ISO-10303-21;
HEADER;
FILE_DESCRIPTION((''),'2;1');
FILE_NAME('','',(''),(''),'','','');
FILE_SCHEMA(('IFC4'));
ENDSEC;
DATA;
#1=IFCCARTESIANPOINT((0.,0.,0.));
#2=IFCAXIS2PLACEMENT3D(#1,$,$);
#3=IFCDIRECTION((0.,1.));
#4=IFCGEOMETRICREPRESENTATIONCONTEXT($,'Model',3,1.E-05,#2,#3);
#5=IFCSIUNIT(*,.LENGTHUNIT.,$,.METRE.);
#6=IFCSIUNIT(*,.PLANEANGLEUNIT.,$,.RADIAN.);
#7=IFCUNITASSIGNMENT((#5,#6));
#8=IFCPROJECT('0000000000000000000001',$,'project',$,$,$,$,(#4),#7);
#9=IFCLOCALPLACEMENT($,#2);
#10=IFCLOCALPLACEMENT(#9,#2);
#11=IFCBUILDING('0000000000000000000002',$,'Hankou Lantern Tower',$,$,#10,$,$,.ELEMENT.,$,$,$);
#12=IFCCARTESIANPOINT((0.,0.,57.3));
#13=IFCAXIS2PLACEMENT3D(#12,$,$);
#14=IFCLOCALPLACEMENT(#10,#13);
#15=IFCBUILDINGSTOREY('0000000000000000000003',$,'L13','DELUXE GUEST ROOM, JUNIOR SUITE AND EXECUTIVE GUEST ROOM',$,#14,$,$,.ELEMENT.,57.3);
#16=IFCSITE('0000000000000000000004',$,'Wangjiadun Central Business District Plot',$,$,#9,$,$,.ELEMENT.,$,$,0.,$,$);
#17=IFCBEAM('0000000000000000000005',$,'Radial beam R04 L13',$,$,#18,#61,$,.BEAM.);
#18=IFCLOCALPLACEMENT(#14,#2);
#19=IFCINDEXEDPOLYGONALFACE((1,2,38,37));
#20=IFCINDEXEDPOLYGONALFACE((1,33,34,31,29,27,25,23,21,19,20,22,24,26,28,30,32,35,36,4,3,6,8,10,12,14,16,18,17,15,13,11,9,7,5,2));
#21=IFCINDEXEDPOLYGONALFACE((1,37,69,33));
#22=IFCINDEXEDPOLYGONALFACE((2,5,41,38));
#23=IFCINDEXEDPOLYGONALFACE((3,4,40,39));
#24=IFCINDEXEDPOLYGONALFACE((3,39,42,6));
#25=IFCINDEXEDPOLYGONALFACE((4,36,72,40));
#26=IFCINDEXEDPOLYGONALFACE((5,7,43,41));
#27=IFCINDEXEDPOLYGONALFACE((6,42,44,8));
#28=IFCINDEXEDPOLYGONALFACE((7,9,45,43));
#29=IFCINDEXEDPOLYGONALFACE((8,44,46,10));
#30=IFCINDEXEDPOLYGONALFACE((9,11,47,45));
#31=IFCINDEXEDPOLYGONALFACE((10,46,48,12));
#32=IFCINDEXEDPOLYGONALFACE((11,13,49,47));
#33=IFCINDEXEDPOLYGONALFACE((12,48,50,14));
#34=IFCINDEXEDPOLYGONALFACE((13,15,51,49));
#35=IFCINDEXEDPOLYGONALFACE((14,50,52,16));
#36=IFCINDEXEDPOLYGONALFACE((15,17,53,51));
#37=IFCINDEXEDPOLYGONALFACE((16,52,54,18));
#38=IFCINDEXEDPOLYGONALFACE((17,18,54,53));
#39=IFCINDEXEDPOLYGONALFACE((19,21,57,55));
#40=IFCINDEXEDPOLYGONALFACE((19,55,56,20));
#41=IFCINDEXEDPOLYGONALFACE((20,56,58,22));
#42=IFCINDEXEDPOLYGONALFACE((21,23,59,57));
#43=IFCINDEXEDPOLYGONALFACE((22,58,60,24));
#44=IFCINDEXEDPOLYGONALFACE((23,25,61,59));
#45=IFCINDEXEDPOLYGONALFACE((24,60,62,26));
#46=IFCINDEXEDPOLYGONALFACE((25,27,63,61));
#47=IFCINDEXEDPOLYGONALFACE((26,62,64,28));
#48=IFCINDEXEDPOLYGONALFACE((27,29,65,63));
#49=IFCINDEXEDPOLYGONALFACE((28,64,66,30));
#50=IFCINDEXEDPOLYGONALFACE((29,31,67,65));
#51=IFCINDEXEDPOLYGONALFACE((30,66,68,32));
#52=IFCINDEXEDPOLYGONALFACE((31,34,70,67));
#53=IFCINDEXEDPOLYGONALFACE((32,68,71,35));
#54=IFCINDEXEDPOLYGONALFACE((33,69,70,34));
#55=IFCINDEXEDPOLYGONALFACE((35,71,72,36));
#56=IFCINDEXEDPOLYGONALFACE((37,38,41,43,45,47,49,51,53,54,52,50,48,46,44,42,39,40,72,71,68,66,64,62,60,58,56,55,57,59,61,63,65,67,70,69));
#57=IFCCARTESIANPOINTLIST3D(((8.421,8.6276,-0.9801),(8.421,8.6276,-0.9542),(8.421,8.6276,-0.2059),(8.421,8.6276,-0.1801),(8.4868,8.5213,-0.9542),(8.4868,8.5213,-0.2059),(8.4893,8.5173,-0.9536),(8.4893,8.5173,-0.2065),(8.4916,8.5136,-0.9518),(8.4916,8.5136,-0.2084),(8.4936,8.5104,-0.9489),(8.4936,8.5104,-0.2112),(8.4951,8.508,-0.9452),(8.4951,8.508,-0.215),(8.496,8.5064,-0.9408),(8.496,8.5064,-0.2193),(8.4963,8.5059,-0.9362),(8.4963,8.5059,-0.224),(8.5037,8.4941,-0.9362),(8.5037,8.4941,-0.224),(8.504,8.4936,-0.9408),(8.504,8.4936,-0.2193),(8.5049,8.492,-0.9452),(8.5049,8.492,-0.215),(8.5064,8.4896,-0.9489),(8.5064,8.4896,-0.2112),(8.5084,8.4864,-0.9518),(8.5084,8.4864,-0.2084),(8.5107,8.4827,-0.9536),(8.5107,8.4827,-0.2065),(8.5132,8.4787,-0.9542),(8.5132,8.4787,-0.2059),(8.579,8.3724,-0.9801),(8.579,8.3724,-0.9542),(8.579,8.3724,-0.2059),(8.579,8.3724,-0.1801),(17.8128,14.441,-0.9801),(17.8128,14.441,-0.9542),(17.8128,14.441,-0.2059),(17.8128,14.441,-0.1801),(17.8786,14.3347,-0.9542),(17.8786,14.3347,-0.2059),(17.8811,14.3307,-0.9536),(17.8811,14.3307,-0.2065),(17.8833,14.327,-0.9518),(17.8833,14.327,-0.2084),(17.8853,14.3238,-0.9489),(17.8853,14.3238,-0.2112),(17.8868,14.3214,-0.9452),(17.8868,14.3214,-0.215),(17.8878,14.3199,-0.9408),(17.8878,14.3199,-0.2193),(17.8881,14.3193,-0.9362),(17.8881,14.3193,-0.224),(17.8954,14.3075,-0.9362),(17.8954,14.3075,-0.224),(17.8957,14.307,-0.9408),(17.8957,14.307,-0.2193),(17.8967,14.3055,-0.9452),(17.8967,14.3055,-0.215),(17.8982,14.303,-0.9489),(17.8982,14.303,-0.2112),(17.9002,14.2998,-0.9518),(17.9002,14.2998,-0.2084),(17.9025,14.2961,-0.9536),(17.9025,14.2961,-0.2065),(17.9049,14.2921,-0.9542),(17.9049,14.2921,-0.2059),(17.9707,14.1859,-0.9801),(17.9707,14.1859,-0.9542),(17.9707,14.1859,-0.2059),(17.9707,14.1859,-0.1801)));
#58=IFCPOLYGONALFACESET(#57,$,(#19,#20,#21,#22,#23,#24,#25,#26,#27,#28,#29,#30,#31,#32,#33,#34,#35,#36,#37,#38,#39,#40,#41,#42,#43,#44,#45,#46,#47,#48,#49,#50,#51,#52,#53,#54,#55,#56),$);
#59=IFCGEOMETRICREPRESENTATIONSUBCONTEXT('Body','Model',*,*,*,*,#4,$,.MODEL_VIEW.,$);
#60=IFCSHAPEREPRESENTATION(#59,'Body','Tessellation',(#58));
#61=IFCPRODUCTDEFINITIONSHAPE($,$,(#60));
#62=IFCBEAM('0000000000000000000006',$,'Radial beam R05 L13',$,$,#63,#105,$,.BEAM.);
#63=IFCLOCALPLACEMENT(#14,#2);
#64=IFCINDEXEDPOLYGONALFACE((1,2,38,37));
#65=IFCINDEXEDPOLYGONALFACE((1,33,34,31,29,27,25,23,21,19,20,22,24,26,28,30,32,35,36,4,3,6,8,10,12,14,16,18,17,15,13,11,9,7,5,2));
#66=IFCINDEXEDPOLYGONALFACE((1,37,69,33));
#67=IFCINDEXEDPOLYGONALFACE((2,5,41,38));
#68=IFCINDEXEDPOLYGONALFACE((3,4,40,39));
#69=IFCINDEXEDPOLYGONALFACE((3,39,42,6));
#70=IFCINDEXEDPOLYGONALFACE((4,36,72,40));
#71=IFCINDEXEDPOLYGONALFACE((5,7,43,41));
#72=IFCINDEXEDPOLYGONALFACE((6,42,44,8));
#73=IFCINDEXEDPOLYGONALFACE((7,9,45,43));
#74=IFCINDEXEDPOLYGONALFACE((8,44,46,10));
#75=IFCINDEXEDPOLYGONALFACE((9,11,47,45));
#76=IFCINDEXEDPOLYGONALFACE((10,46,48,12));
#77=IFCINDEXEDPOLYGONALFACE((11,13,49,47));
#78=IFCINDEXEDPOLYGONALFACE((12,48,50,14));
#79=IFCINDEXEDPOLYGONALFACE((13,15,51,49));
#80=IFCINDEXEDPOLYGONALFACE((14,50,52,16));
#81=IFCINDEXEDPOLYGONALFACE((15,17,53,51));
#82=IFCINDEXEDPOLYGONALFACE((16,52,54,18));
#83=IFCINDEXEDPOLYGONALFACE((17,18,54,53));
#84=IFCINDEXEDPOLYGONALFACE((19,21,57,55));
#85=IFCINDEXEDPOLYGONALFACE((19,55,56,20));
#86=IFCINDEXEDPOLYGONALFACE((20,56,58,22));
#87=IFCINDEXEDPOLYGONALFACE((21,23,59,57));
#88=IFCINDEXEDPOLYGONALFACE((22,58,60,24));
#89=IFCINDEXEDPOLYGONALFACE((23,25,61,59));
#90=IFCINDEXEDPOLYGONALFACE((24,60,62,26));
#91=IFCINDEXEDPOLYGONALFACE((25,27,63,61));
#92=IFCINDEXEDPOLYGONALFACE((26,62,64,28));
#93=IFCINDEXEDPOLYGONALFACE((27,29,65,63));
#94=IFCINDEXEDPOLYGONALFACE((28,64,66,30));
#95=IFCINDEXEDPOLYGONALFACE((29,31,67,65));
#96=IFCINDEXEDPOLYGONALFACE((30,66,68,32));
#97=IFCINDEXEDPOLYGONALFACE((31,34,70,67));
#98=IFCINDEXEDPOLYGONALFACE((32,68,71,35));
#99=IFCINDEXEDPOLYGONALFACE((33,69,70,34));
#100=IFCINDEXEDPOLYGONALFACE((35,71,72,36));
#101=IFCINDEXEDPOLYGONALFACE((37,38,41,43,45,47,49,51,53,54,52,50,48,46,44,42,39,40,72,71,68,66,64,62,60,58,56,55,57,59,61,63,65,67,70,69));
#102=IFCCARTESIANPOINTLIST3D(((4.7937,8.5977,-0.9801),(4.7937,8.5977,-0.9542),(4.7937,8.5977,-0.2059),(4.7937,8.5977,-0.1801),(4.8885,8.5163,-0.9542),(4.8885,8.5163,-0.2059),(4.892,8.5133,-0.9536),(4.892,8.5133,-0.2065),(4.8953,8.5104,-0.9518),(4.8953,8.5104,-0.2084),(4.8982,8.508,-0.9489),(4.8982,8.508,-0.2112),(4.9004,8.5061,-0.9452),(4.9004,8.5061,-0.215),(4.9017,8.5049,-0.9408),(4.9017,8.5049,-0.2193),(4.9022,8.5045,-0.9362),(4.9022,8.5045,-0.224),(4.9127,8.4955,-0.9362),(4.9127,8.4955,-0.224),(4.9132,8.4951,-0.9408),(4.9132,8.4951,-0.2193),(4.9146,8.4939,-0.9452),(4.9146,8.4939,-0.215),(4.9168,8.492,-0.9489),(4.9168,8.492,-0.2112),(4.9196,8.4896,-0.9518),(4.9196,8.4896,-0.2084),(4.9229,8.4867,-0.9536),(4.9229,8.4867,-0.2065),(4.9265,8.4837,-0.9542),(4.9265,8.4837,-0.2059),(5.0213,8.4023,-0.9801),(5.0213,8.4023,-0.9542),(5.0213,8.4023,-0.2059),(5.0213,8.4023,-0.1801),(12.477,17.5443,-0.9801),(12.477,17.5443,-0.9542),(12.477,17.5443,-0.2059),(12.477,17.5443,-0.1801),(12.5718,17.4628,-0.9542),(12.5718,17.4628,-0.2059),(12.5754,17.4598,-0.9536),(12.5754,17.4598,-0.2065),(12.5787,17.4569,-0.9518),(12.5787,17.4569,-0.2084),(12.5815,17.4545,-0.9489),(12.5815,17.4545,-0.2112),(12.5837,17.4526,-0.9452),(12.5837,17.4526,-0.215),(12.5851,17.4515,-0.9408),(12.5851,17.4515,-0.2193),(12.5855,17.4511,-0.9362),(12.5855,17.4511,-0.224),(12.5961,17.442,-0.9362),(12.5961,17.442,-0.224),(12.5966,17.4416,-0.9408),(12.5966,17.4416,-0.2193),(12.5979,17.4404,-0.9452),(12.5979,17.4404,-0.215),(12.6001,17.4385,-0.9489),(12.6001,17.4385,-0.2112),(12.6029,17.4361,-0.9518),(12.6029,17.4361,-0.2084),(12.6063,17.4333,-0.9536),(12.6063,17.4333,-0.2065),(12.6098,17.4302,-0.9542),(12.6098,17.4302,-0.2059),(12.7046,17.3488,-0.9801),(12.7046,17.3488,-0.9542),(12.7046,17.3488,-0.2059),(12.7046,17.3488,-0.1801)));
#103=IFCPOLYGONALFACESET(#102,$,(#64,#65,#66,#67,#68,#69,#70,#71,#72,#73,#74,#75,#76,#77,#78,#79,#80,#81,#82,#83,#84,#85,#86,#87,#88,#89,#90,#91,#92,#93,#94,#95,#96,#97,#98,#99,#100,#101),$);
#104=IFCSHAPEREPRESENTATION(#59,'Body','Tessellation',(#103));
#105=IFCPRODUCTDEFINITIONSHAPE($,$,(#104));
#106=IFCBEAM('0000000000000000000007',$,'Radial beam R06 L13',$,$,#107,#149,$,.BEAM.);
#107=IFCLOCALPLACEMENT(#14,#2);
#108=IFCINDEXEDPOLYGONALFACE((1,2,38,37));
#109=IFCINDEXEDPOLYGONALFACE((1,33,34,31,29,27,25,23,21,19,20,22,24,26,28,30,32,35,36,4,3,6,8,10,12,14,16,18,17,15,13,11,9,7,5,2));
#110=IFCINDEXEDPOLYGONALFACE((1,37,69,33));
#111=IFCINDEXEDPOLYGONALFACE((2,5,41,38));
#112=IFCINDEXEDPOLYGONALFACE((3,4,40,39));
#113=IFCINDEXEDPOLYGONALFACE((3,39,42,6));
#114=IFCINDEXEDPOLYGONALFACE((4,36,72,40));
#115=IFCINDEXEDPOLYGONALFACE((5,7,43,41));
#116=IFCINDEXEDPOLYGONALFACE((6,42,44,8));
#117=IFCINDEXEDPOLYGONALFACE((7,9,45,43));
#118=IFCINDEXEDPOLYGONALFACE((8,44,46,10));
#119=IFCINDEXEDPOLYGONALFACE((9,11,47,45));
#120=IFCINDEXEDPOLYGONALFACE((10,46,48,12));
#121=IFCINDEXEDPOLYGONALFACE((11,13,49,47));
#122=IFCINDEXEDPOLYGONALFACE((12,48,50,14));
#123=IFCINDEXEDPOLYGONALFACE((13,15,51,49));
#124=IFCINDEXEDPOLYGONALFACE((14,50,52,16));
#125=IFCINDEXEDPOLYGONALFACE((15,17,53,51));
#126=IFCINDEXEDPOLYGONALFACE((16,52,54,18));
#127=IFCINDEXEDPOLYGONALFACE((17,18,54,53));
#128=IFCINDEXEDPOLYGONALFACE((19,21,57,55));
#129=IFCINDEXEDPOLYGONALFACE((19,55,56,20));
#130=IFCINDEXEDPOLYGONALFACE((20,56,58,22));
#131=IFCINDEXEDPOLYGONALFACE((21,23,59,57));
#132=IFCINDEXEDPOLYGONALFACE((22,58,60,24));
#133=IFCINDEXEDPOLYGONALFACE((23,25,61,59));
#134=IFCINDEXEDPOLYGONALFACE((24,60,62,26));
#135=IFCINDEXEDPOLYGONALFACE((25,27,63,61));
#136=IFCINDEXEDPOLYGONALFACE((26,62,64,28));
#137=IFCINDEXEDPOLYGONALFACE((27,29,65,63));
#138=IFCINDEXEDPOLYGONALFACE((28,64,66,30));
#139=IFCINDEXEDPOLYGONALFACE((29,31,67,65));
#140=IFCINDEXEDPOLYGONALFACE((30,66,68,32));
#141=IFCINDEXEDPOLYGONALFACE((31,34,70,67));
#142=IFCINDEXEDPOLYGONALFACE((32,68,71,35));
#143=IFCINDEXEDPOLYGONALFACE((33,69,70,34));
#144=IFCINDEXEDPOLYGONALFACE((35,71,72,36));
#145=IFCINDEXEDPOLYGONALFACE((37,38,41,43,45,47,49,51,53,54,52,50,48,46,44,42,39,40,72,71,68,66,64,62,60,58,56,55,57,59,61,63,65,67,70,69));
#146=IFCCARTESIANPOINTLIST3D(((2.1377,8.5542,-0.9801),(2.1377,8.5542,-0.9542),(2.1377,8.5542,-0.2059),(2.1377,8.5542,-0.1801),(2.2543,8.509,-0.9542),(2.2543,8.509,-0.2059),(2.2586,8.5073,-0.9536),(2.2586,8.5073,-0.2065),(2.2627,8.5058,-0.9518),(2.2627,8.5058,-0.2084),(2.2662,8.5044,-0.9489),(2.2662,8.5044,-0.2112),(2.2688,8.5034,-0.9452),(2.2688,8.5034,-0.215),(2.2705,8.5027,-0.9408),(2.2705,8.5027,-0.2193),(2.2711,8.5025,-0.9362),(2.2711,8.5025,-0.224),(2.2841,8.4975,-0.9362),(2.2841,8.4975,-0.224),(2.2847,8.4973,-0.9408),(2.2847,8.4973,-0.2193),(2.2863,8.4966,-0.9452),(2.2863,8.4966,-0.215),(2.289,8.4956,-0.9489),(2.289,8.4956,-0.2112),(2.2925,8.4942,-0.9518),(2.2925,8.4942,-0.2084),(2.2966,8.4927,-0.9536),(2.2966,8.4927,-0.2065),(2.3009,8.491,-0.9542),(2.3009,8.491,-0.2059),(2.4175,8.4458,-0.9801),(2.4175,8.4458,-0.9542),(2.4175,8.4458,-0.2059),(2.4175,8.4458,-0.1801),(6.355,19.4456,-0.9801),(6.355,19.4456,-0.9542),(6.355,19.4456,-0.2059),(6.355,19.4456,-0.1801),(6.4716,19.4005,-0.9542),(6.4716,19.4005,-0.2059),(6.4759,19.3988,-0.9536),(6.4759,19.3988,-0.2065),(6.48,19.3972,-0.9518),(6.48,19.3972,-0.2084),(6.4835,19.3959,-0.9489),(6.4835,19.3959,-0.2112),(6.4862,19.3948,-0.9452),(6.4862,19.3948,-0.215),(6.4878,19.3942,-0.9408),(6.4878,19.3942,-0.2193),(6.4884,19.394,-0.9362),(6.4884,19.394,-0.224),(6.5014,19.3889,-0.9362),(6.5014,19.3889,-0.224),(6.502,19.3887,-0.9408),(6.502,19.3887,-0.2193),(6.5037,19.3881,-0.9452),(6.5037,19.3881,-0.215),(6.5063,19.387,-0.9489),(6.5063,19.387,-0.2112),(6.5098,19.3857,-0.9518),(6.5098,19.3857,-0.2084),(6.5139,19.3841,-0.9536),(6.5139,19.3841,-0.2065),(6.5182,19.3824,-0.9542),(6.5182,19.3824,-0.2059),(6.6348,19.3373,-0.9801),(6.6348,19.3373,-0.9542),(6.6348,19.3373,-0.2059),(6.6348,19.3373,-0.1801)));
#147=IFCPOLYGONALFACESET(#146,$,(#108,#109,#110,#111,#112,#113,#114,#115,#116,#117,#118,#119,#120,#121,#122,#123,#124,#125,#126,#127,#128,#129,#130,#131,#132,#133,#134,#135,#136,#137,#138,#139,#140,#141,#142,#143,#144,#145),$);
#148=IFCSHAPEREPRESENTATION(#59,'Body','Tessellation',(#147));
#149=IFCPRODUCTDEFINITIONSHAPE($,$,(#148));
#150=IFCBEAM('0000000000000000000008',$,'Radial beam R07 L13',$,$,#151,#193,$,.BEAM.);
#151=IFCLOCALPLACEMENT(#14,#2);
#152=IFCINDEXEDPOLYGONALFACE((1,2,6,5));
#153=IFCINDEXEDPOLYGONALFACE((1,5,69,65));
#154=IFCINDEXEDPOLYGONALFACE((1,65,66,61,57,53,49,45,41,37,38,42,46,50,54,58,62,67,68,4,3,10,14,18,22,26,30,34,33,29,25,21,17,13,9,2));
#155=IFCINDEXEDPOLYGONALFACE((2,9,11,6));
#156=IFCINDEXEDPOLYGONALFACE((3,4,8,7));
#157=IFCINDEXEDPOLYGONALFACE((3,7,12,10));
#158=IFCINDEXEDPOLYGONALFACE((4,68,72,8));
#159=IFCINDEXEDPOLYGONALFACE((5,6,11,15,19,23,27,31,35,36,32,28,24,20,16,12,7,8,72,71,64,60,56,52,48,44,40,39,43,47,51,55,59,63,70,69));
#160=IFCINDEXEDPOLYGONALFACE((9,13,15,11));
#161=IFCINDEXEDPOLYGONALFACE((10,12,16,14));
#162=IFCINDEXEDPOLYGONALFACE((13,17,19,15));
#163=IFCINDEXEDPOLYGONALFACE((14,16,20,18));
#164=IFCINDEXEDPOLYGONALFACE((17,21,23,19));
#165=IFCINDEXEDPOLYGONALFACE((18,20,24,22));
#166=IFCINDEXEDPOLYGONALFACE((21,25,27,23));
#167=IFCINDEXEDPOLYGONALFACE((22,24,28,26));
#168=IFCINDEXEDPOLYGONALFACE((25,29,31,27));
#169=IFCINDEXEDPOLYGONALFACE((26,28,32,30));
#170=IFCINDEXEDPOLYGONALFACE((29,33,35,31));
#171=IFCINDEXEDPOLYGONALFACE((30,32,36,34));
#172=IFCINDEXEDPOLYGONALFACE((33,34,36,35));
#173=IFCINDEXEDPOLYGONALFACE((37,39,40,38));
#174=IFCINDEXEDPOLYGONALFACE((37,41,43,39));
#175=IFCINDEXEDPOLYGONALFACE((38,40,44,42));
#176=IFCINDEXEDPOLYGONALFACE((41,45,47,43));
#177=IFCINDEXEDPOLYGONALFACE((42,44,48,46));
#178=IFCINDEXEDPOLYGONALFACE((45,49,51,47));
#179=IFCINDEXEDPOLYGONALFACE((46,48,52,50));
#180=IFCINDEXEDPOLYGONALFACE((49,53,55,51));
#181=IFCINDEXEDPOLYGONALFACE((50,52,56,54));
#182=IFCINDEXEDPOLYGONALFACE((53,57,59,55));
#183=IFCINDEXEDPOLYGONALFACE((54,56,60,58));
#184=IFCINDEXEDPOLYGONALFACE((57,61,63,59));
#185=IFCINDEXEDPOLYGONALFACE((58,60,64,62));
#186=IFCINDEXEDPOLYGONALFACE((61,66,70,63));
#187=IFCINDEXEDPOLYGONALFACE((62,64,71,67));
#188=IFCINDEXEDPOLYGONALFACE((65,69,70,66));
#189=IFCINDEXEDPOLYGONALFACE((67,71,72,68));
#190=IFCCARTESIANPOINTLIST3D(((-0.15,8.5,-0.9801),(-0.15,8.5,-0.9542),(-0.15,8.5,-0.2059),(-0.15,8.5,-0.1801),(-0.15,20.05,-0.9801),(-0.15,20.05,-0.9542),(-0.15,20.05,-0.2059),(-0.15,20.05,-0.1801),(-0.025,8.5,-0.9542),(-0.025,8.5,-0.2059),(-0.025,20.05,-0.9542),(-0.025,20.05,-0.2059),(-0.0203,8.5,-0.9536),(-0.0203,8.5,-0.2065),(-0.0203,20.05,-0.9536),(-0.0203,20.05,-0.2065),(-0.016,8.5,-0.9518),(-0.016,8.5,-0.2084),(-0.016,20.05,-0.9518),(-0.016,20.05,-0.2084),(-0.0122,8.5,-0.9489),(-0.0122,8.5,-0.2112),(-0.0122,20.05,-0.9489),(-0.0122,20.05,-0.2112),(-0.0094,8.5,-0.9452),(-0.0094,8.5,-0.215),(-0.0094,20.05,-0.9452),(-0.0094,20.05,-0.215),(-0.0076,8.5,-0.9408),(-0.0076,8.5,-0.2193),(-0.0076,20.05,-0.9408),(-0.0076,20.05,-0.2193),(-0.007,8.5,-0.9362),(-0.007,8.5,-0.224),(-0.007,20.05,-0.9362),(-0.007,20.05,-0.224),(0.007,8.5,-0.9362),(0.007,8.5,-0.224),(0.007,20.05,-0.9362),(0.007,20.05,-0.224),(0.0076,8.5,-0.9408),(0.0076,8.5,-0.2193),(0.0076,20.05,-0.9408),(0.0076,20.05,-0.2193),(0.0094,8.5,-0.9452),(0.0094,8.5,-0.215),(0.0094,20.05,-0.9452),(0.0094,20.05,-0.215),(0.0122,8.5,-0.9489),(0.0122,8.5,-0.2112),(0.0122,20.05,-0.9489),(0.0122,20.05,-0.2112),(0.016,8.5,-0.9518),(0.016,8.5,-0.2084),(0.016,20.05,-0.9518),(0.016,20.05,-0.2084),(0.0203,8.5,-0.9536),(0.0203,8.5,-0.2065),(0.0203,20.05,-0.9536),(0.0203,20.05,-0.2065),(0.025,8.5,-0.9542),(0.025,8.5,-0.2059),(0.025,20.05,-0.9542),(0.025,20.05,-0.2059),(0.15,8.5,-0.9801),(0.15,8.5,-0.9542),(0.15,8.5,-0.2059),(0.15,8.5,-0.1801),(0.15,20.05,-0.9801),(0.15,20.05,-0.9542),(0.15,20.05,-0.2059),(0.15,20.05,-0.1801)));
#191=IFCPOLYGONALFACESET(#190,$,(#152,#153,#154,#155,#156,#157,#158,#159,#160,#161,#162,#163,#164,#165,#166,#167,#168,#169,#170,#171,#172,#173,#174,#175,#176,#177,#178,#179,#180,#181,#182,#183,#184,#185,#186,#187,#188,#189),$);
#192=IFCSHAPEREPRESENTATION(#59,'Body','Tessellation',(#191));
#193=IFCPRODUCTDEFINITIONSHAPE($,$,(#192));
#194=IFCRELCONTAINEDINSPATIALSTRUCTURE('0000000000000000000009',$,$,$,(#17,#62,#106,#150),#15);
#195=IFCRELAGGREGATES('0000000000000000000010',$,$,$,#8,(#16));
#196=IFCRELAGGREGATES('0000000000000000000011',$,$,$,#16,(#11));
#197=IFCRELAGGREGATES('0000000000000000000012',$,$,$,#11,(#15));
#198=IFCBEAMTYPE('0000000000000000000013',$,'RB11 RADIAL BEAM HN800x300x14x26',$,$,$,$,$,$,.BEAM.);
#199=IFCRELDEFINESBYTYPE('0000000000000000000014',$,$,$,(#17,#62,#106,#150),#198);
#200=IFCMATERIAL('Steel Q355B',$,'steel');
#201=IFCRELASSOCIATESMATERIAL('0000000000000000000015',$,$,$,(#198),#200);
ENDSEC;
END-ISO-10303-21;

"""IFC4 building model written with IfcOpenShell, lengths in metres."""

from ifc_helpers import new_model, si_unit, direction, frame, origin, origin_2d, place, context, subcontext, project, spatial, i_section, extrude, material, material_profile, profile_set, type_object, element, save


model = new_model("IFC4")

# Units and contexts
model_context = context("Model", 3, precision=1e-05, world=origin(), true_north=direction((0.0, 1.0)))
body_context = subcontext(model_context, "Body", "Model", "MODEL_VIEW")
ifc_project = project(units=[si_unit("LENGTHUNIT", "METRE"), si_unit("PLANEANGLEUNIT", "RADIAN")], contexts=[model_context])

# Site, building, storey
site_placement = place(None, origin())
site = spatial("IfcSite", under=ifc_project, at=site_placement, Name="Wangjiadun Central Business District Plot", CompositionType="ELEMENT", RefElevation=0.0)
building_placement = place(site_placement, origin())
building = spatial("IfcBuilding", under=site, at=building_placement, Name="Hankou Lantern Tower", CompositionType="ELEMENT")
storey_placement = place(building_placement, frame((0.0, 0.0, 57.3)))
storey = spatial("IfcBuildingStorey", under=building, at=storey_placement, Name="L13", Description="DELUXE GUEST ROOM, JUNIOR SUITE AND EXECUTIVE GUEST ROOM", CompositionType="ELEMENT", Elevation=57.3)

# Beams
ifc_material_1 = material(Name="Steel Q355B", Category="steel")
ifc_material_profile = material_profile(ifc_material_1, i_section(OverallWidth=0.3, OverallDepth=0.8, WebThickness=0.0139, FlangeThickness=0.0259, FilletRadius=0.0181, at=origin_2d()), Name="HN800x300x14x26")
ifc_profile_set = profile_set([ifc_material_profile], Name="Steel Q355B")
beam_type = type_object("IfcBeamType", Name="RB11 RADIAL BEAM HN800x300x14x26", PredefinedType="BEAM", material=ifc_profile_set)
beam_1_placement = place(storey_placement, frame((8.5, 8.5, -0.5801), z_axis=(0.850286, 0.52632, 0.0), x_axis=(-0.52632, 0.850286, 0.0)))
element("IfcBeam", 1, at=beam_1_placement, inside=storey, type_object=beam_type, Name="Radial beam R04 L13", PredefinedType="BEAM", context=body_context, shape_type="SweptSolid", body=[
    extrude(i_section(OverallWidth=0.3, OverallDepth=0.8, WebThickness=0.0139, FlangeThickness=0.0259, FilletRadius=0.0181, at=origin_2d()), origin(), (0.0, 0.0, 1.0), 11.0454),
])
beam_2_placement = place(storey_placement, frame((4.9075, 8.5, -0.5801), z_axis=(0.651519, 0.758632, 0.0), x_axis=(-0.758632, 0.651519, 0.0)))
element("IfcBeam", 2, at=beam_2_placement, inside=storey, type_object=beam_type, Name="Radial beam R05 L13", PredefinedType="BEAM", context=body_context, shape_type="SweptSolid", body=[
    extrude(i_section(OverallWidth=0.3, OverallDepth=0.8, WebThickness=0.0139, FlangeThickness=0.0259, FilletRadius=0.0181, at=origin_2d()), origin(), (0.0, 0.0, 1.0), 11.793),
])
beam_3_placement = place(storey_placement, frame((2.2776, 8.5, -0.5801), z_axis=(0.361089, 0.932531, 0.0), x_axis=(-0.932531, 0.361089, 0.0)))
element("IfcBeam", 3, at=beam_3_placement, inside=storey, type_object=beam_type, Name="Radial beam R06 L13", PredefinedType="BEAM", context=body_context, shape_type="SweptSolid", body=[
    extrude(i_section(OverallWidth=0.3, OverallDepth=0.8, WebThickness=0.0139, FlangeThickness=0.0259, FilletRadius=0.0181, at=origin_2d()), origin(), (0.0, 0.0, 1.0), 11.6794),
])
beam_4_placement = place(storey_placement, frame((0.0, 8.5, -0.5801), z_axis=(0.0, 1.0, 0.0), x_axis=(-1.0, 0.0, 0.0)))
element("IfcBeam", 4, at=beam_4_placement, inside=storey, type_object=beam_type, Name="Radial beam R07 L13", PredefinedType="BEAM", context=body_context, shape_type="SweptSolid", body=[
    extrude(i_section(OverallWidth=0.3, OverallDepth=0.8, WebThickness=0.0139, FlangeThickness=0.0259, FilletRadius=0.0181, at=origin_2d()), origin(), (0.0, 0.0, 1.0), 11.55),
])

save(model, "model.ifc")
